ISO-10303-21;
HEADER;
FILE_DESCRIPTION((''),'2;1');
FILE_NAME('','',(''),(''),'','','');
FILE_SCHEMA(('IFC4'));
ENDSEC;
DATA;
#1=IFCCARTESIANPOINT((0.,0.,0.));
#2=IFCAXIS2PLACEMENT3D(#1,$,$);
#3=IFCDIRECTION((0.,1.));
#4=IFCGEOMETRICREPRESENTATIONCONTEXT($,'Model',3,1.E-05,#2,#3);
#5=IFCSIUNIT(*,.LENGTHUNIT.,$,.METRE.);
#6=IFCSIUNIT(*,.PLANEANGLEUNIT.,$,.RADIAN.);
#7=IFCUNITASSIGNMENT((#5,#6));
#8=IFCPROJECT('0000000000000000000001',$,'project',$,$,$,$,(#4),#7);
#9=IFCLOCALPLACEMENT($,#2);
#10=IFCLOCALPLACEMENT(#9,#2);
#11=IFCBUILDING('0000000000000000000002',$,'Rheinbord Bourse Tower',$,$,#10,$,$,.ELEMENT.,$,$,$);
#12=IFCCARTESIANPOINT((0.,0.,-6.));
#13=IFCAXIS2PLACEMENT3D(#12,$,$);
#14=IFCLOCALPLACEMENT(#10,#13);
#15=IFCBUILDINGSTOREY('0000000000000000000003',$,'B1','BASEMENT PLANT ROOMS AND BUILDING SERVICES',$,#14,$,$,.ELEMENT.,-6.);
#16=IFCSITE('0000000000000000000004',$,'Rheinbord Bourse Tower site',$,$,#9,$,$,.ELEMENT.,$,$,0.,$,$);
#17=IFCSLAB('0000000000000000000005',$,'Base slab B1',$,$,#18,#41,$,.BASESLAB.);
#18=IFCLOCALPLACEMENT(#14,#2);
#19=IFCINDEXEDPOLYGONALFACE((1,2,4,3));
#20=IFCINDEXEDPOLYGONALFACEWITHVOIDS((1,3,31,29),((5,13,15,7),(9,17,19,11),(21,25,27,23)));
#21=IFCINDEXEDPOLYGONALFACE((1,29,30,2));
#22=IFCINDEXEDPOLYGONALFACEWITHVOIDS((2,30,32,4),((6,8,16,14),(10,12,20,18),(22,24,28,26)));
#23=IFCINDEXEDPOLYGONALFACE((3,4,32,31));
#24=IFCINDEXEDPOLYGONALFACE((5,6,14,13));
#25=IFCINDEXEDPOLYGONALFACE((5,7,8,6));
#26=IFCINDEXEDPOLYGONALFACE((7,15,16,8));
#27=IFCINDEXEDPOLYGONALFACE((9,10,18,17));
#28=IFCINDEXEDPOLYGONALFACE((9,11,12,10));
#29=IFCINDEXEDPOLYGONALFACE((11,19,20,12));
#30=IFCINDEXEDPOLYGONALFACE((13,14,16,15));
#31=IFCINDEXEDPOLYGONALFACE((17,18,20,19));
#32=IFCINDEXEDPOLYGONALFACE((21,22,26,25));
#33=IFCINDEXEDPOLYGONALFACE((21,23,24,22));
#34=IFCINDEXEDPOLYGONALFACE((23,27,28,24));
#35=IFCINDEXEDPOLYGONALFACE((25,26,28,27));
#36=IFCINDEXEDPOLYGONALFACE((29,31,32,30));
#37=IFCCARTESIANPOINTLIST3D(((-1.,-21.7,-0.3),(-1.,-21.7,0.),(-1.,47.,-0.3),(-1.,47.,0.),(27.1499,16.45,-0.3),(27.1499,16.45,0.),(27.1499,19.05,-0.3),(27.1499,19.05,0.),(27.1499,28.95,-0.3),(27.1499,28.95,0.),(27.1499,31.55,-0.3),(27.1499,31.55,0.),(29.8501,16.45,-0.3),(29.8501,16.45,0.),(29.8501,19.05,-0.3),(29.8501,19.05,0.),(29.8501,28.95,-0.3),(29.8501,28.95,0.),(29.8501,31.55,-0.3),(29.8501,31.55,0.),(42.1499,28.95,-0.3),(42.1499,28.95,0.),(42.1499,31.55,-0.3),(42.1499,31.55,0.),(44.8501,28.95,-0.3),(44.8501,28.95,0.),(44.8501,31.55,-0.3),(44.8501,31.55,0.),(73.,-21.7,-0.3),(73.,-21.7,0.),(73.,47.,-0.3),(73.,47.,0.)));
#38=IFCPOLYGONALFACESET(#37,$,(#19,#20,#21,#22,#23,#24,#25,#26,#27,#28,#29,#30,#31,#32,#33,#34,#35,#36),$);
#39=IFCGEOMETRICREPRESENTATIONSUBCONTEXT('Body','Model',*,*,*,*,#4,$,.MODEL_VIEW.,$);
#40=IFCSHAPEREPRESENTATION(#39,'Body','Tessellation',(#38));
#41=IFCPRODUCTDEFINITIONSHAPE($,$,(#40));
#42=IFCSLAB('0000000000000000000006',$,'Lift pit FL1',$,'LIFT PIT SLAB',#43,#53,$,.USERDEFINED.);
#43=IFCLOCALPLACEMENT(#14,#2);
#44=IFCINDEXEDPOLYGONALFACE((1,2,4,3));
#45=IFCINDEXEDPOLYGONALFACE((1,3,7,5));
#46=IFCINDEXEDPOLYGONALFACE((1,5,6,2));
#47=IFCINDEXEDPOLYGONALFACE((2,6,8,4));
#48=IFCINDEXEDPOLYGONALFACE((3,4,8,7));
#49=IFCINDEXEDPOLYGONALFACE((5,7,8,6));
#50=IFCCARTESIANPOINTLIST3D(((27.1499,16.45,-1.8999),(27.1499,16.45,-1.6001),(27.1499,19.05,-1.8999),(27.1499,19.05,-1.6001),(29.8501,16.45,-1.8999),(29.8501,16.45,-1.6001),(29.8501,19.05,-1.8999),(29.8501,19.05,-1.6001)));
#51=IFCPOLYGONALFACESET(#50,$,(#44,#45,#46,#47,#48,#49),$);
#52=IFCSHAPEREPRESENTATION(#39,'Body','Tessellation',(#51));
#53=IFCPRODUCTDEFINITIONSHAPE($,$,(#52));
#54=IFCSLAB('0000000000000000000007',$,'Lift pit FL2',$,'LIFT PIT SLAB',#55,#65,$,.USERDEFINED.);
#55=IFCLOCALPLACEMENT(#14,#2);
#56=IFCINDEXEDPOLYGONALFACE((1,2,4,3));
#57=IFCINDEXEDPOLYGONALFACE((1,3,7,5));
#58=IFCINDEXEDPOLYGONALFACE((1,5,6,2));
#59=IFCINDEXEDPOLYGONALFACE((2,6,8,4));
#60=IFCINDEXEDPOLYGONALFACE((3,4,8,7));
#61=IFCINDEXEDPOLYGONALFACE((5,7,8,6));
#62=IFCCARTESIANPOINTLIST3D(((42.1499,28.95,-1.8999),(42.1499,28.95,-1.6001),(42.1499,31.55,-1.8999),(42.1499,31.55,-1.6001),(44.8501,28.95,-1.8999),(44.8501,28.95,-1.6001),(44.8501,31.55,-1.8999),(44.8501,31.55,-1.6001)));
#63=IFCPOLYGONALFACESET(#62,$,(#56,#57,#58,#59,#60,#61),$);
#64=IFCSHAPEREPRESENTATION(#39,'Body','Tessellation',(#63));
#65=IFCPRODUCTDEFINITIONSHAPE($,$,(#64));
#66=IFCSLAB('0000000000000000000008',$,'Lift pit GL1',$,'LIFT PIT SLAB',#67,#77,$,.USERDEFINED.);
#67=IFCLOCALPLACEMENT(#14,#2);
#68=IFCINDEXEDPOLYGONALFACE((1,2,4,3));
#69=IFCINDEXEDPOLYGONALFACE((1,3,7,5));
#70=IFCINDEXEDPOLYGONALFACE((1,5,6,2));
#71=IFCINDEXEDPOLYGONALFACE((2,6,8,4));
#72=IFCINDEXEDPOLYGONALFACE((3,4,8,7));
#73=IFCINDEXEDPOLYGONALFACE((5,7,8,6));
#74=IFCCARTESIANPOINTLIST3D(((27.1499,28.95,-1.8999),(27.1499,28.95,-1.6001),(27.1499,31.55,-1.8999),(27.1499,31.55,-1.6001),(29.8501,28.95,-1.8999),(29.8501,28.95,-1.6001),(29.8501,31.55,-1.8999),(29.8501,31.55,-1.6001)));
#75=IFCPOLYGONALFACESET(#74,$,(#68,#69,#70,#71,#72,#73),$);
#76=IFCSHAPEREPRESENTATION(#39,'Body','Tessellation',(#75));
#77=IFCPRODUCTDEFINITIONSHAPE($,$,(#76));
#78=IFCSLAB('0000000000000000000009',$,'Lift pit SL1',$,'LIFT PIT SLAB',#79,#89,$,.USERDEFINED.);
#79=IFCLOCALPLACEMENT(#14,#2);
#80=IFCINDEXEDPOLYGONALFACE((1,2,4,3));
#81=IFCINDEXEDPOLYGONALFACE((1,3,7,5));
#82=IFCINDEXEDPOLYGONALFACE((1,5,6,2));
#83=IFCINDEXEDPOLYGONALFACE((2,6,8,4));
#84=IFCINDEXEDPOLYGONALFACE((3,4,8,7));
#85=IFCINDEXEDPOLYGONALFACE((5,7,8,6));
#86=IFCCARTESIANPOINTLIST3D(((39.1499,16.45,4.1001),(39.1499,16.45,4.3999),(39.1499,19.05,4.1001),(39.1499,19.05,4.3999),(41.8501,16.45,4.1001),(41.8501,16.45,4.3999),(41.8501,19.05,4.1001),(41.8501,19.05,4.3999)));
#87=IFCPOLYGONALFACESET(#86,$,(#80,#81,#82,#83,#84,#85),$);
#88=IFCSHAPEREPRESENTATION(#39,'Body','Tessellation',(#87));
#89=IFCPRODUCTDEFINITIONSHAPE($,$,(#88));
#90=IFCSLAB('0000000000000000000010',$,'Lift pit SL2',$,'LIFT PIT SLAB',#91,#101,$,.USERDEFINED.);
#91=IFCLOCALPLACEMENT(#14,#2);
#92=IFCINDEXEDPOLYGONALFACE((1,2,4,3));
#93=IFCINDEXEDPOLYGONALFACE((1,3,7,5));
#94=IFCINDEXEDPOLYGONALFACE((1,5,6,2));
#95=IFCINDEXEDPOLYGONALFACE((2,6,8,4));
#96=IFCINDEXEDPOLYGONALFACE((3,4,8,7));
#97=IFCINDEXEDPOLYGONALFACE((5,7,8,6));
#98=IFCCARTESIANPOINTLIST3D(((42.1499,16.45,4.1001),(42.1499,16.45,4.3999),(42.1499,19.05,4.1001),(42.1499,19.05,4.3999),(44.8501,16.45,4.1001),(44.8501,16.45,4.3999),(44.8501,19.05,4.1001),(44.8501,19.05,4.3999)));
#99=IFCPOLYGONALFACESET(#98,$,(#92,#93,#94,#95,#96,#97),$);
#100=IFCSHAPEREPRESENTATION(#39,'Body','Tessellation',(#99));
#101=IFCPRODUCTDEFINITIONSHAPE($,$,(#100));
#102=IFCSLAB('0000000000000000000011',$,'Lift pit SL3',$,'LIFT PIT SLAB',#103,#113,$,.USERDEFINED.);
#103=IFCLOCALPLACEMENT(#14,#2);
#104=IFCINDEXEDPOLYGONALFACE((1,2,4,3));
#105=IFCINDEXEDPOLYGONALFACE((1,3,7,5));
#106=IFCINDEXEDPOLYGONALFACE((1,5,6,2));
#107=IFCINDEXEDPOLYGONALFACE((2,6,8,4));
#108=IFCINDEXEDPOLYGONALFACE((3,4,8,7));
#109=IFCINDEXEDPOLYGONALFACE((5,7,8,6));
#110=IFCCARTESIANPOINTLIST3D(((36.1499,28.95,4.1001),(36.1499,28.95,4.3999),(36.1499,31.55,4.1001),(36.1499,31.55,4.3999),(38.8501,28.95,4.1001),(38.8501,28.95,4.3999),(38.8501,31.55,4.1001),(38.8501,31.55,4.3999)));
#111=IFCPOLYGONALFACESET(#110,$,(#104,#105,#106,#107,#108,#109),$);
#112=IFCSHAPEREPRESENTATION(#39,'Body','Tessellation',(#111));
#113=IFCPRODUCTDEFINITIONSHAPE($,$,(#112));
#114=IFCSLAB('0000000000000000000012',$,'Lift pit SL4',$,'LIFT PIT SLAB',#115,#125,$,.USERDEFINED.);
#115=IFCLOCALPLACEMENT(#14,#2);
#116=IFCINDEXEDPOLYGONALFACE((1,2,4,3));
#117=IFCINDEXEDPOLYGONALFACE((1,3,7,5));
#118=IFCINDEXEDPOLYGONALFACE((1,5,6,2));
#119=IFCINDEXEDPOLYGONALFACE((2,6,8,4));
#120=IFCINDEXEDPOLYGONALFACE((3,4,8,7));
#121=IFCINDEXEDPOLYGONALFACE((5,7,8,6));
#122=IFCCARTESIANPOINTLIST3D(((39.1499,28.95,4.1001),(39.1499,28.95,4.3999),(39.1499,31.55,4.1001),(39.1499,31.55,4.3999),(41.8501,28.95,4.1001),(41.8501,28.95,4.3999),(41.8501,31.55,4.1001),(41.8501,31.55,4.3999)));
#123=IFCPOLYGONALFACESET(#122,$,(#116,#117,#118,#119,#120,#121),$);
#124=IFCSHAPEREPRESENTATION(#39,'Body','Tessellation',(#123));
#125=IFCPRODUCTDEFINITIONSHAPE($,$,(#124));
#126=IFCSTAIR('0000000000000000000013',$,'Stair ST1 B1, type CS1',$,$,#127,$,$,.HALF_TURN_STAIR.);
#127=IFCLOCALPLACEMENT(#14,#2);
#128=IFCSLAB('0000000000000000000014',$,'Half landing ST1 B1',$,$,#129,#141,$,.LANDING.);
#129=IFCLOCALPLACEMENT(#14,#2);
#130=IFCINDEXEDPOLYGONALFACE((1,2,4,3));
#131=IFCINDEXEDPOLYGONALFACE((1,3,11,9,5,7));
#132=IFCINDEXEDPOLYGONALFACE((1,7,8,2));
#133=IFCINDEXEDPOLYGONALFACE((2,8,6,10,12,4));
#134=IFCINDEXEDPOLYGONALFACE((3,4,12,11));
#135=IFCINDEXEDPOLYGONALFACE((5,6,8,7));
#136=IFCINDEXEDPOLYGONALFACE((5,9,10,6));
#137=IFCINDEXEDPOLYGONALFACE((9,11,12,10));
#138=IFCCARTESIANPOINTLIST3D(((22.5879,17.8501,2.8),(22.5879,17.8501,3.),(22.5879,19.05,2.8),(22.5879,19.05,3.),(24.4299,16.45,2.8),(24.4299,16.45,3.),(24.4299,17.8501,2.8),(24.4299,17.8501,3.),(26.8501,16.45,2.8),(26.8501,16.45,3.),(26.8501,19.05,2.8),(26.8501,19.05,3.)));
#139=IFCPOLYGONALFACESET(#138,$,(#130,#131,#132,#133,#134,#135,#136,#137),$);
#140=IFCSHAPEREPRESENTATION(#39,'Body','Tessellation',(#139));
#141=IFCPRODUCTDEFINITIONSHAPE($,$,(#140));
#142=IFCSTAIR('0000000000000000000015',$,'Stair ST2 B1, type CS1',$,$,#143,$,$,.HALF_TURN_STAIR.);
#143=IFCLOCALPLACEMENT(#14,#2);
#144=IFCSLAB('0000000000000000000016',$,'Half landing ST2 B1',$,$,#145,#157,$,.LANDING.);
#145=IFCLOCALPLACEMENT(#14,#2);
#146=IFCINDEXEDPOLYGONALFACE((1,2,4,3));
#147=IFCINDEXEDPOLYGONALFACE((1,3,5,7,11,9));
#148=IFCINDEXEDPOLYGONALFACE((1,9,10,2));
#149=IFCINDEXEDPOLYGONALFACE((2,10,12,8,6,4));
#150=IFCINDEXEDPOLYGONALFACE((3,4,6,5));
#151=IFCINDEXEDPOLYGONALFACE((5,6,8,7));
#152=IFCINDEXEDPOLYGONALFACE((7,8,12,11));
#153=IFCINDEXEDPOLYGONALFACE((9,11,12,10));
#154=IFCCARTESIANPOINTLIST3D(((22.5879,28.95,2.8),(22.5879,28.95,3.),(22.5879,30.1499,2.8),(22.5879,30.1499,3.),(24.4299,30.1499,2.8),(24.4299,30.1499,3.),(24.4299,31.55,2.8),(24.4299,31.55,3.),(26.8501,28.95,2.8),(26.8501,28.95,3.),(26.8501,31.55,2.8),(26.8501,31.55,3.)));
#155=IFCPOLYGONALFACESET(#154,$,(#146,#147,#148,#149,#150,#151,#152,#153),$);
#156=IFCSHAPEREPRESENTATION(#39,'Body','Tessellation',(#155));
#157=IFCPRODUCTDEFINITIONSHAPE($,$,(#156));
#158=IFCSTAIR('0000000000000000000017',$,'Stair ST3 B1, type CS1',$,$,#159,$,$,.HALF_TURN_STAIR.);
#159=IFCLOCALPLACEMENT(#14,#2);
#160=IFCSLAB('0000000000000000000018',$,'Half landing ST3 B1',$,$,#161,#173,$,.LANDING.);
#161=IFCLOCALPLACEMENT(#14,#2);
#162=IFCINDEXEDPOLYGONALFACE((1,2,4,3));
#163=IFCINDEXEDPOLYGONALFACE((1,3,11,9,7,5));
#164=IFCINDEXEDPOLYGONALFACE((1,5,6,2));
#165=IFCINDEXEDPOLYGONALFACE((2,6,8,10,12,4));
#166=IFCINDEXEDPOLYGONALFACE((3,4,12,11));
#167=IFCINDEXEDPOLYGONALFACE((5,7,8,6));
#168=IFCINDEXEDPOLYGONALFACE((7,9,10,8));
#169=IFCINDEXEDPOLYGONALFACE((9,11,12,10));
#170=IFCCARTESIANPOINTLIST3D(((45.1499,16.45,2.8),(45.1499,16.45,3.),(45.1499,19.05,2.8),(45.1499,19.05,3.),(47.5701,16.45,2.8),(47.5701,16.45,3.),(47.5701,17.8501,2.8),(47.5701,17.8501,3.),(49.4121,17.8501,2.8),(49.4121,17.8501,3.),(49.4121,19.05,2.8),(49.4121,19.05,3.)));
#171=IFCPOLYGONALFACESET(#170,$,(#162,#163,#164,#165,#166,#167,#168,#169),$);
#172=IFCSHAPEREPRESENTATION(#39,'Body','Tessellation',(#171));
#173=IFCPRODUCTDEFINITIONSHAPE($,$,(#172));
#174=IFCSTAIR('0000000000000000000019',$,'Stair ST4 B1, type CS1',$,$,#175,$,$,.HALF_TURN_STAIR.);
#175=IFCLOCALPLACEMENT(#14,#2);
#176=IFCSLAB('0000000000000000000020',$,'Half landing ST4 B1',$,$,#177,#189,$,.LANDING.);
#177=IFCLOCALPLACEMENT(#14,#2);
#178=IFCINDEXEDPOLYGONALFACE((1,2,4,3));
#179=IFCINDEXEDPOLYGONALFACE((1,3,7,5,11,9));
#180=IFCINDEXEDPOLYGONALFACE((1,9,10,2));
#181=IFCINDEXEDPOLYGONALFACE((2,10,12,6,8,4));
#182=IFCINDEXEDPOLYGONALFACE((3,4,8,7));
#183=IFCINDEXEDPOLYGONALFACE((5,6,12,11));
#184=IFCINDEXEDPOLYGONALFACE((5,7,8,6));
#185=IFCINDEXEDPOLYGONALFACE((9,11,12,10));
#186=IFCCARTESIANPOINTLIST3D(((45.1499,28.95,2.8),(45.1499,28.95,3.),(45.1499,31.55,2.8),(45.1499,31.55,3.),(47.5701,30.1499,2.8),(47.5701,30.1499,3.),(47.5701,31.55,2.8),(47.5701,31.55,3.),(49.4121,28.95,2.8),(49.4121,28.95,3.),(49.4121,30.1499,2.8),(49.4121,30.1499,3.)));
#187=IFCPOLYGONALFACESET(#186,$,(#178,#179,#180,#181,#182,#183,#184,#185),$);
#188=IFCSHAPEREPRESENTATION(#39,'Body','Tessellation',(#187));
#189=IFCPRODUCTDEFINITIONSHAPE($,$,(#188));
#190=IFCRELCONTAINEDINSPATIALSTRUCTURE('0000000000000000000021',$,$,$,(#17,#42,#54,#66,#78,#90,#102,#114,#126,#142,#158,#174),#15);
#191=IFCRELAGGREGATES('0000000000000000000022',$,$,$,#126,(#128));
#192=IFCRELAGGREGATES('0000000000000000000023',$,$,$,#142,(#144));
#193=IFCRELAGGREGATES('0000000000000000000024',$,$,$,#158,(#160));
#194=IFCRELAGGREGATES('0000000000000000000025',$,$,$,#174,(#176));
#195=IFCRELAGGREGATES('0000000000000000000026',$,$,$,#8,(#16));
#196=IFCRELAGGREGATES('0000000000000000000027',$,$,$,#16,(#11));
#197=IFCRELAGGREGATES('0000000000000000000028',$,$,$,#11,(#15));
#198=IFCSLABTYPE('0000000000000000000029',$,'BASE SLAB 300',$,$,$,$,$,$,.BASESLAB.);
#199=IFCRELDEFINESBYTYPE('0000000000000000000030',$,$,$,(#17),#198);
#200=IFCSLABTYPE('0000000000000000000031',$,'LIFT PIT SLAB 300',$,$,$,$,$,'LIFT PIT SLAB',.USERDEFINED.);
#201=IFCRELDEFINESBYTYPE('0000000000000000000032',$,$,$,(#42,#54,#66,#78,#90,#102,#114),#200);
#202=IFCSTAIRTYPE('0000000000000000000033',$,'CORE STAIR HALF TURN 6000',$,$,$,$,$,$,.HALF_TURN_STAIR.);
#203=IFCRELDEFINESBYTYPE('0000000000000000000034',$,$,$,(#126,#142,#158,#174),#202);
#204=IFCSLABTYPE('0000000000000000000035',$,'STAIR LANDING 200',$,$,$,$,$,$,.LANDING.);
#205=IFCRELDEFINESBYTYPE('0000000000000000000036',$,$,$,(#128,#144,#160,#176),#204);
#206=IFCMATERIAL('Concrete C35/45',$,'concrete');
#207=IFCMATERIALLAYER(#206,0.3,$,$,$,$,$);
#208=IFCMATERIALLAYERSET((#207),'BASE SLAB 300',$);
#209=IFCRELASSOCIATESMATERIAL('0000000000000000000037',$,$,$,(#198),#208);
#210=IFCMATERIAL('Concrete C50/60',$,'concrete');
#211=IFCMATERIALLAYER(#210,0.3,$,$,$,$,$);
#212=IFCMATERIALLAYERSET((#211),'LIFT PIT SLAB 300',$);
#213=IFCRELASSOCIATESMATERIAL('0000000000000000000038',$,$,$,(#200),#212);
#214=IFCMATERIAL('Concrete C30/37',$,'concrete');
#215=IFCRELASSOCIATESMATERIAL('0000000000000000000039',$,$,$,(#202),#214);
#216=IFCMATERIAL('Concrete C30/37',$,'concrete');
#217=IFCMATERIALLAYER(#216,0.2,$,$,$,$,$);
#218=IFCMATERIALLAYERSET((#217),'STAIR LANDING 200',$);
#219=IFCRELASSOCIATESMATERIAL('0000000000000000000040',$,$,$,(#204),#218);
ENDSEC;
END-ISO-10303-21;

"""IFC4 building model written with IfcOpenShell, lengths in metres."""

from ifc_helpers import new_model, si_unit, direction, frame, origin, place, context, subcontext, project, spatial, polyline, outline, extrude, material, layer, layer_set, type_object, element, aggregate, save


model = new_model("IFC4")

# Units and contexts
model_context = context("Model", 3, precision=1e-05, world=origin(), true_north=direction((0.0, 1.0)))
body_context = subcontext(model_context, "Body", "Model", "MODEL_VIEW")
ifc_project = project(units=[si_unit("LENGTHUNIT", "METRE"), si_unit("PLANEANGLEUNIT", "RADIAN")], contexts=[model_context])

# Site, building, storey
site_placement = place(None, origin())
site = spatial("IfcSite", under=ifc_project, at=site_placement, Name="Rheinbord Bourse Tower site", CompositionType="ELEMENT", RefElevation=0.0)
building_placement = place(site_placement, origin())
building = spatial("IfcBuilding", under=site, at=building_placement, Name="Rheinbord Bourse Tower", CompositionType="ELEMENT")
storey_placement = place(building_placement, frame((0.0, 0.0, -6.0)))
storey = spatial("IfcBuildingStorey", under=building, at=storey_placement, Name="B1", Description="BASEMENT PLANT ROOMS AND BUILDING SERVICES", CompositionType="ELEMENT", Elevation=-6.0)

# Slabs
ifc_material_1 = material(Name="Concrete C35/45", Category="concrete")
ifc_layer_1 = layer(ifc_material_1, 0.3)
ifc_layer_set_1 = layer_set([ifc_layer_1], Name="BASE SLAB 300")
slab_type_1 = type_object("IfcSlabType", Name="BASE SLAB 300", PredefinedType="BASESLAB", material=ifc_layer_set_1)
slab_1_placement = place(storey_placement, frame((0.0, 0.0, -0.3)))
element("IfcSlab", 1, at=slab_1_placement, inside=storey, type_object=slab_type_1, Name="Base slab B1", PredefinedType="BASESLAB", context=body_context, shape_type="SweptSolid", body=[
    extrude(outline(polyline([(-1.0, -21.7), (73.0, -21.7), (73.0, 47.0), (-1.0, 47.0), (-1.0, -21.7)]), holes=[polyline([(27.1499, 16.45), (29.8501, 16.45), (29.8501, 19.05), (27.1499, 19.05), (27.1499, 16.45)]), polyline([(42.1499, 28.95), (44.8501, 28.95), (44.8501, 31.55), (42.1499, 31.55), (42.1499, 28.95)]), polyline([(27.1499, 28.95), (29.8501, 28.95), (29.8501, 31.55), (27.1499, 31.55), (27.1499, 28.95)])]), origin(), (0.0, 0.0, 1.0), 0.3),
])
ifc_material_2 = material(Name="Concrete C50/60", Category="concrete")
ifc_layer_2 = layer(ifc_material_2, 0.3)
ifc_layer_set_2 = layer_set([ifc_layer_2], Name="LIFT PIT SLAB 300")
slab_type_2 = type_object("IfcSlabType", Name="LIFT PIT SLAB 300", ElementType="LIFT PIT SLAB", PredefinedType="USERDEFINED", material=ifc_layer_set_2)
slab_2_placement = place(storey_placement, frame((0.0, 0.0, -1.8999)))
element("IfcSlab", 2, at=slab_2_placement, inside=storey, type_object=slab_type_2, Name="Lift pit FL1", ObjectType="LIFT PIT SLAB", PredefinedType="USERDEFINED", context=body_context, shape_type="SweptSolid", body=[
    extrude(outline(polyline([(27.1499, 16.45), (29.8501, 16.45), (29.8501, 19.05), (27.1499, 19.05), (27.1499, 16.45)])), origin(), (0.0, 0.0, 1.0), 0.2998),
])
slab_3_placement = place(storey_placement, frame((0.0, 0.0, -1.8999)))
element("IfcSlab", 3, at=slab_3_placement, inside=storey, type_object=slab_type_2, Name="Lift pit FL2", ObjectType="LIFT PIT SLAB", PredefinedType="USERDEFINED", context=body_context, shape_type="SweptSolid", body=[
    extrude(outline(polyline([(42.1499, 28.95), (44.8501, 28.95), (44.8501, 31.55), (42.1499, 31.55), (42.1499, 28.95)])), origin(), (0.0, 0.0, 1.0), 0.2998),
])
slab_4_placement = place(storey_placement, frame((0.0, 0.0, -1.8999)))
element("IfcSlab", 4, at=slab_4_placement, inside=storey, type_object=slab_type_2, Name="Lift pit GL1", ObjectType="LIFT PIT SLAB", PredefinedType="USERDEFINED", context=body_context, shape_type="SweptSolid", body=[
    extrude(outline(polyline([(27.1499, 28.95), (29.8501, 28.95), (29.8501, 31.55), (27.1499, 31.55), (27.1499, 28.95)])), origin(), (0.0, 0.0, 1.0), 0.2998),
])
slab_5_placement = place(storey_placement, frame((0.0, 0.0, 4.1001)))
element("IfcSlab", 5, at=slab_5_placement, inside=storey, type_object=slab_type_2, Name="Lift pit SL1", ObjectType="LIFT PIT SLAB", PredefinedType="USERDEFINED", context=body_context, shape_type="SweptSolid", body=[
    extrude(outline(polyline([(39.1499, 16.45), (41.8501, 16.45), (41.8501, 19.05), (39.1499, 19.05), (39.1499, 16.45)])), origin(), (0.0, 0.0, 1.0), 0.2998),
])
slab_6_placement = place(storey_placement, frame((0.0, 0.0, 4.1001)))
element("IfcSlab", 6, at=slab_6_placement, inside=storey, type_object=slab_type_2, Name="Lift pit SL2", ObjectType="LIFT PIT SLAB", PredefinedType="USERDEFINED", context=body_context, shape_type="SweptSolid", body=[
    extrude(outline(polyline([(42.1499, 16.45), (44.8501, 16.45), (44.8501, 19.05), (42.1499, 19.05), (42.1499, 16.45)])), origin(), (0.0, 0.0, 1.0), 0.2998),
])
slab_7_placement = place(storey_placement, frame((0.0, 0.0, 4.1001)))
element("IfcSlab", 7, at=slab_7_placement, inside=storey, type_object=slab_type_2, Name="Lift pit SL3", ObjectType="LIFT PIT SLAB", PredefinedType="USERDEFINED", context=body_context, shape_type="SweptSolid", body=[
    extrude(outline(polyline([(36.1499, 28.95), (38.8501, 28.95), (38.8501, 31.55), (36.1499, 31.55), (36.1499, 28.95)])), origin(), (0.0, 0.0, 1.0), 0.2998),
])
slab_8_placement = place(storey_placement, frame((0.0, 0.0, 4.1001)))
element("IfcSlab", 8, at=slab_8_placement, inside=storey, type_object=slab_type_2, Name="Lift pit SL4", ObjectType="LIFT PIT SLAB", PredefinedType="USERDEFINED", context=body_context, shape_type="SweptSolid", body=[
    extrude(outline(polyline([(39.1499, 28.95), (41.8501, 28.95), (41.8501, 31.55), (39.1499, 31.55), (39.1499, 28.95)])), origin(), (0.0, 0.0, 1.0), 0.2998),
])

# Stairs, slabs
ifc_material_3 = material(Name="Concrete C30/37", Category="concrete")
stair_type = type_object("IfcStairType", Name="CORE STAIR HALF TURN 6000", PredefinedType="HALF_TURN_STAIR", material=ifc_material_3)
stair_1_placement = place(storey_placement, origin())
stair_1 = element("IfcStair", 9, at=stair_1_placement, inside=storey, type_object=stair_type, Name="Stair ST1 B1, type CS1", PredefinedType="HALF_TURN_STAIR")
ifc_material_4 = material(Name="Concrete C30/37", Category="concrete")
ifc_layer_3 = layer(ifc_material_4, 0.2)
ifc_layer_set_3 = layer_set([ifc_layer_3], Name="STAIR LANDING 200")
slab_type_3 = type_object("IfcSlabType", Name="STAIR LANDING 200", PredefinedType="LANDING", material=ifc_layer_set_3)
slab_9_placement = place(storey_placement, frame((0.0, 0.0, 2.8)))
slab_9 = element("IfcSlab", 10, at=slab_9_placement, type_object=slab_type_3, Name="Half landing ST1 B1", PredefinedType="LANDING", context=body_context, shape_type="SweptSolid", body=[
    extrude(outline(polyline([(24.4299, 16.45), (26.8501, 16.45), (26.8501, 19.05), (22.5879, 19.05), (22.5879, 17.8501), (24.4299, 17.8501), (24.4299, 16.45)])), origin(), (0.0, 0.0, 1.0), 0.2),
])
aggregate(stair_1, [slab_9])
stair_2_placement = place(storey_placement, origin())
stair_2 = element("IfcStair", 11, at=stair_2_placement, inside=storey, type_object=stair_type, Name="Stair ST2 B1, type CS1", PredefinedType="HALF_TURN_STAIR")
slab_10_placement = place(storey_placement, frame((0.0, 0.0, 2.8)))
slab_10 = element("IfcSlab", 12, at=slab_10_placement, type_object=slab_type_3, Name="Half landing ST2 B1", PredefinedType="LANDING", context=body_context, shape_type="SweptSolid", body=[
    extrude(outline(polyline([(22.5879, 28.95), (26.8501, 28.95), (26.8501, 31.55), (24.4299, 31.55), (24.4299, 30.1499), (22.5879, 30.1499), (22.5879, 28.95)])), origin(), (0.0, 0.0, 1.0), 0.2),
])
aggregate(stair_2, [slab_10])
stair_3_placement = place(storey_placement, origin())
stair_3 = element("IfcStair", 13, at=stair_3_placement, inside=storey, type_object=stair_type, Name="Stair ST3 B1, type CS1", PredefinedType="HALF_TURN_STAIR")
slab_11_placement = place(storey_placement, frame((0.0, 0.0, 2.8)))
slab_11 = element("IfcSlab", 14, at=slab_11_placement, type_object=slab_type_3, Name="Half landing ST3 B1", PredefinedType="LANDING", context=body_context, shape_type="SweptSolid", body=[
    extrude(outline(polyline([(45.1499, 16.45), (47.5701, 16.45), (47.5701, 17.8501), (49.4121, 17.8501), (49.4121, 19.05), (45.1499, 19.05), (45.1499, 16.45)])), origin(), (0.0, 0.0, 1.0), 0.2),
])
aggregate(stair_3, [slab_11])
stair_4_placement = place(storey_placement, origin())
stair_4 = element("IfcStair", 15, at=stair_4_placement, inside=storey, type_object=stair_type, Name="Stair ST4 B1, type CS1", PredefinedType="HALF_TURN_STAIR")
slab_12_placement = place(storey_placement, frame((0.0, 0.0, 2.8)))
slab_12 = element("IfcSlab", 16, at=slab_12_placement, type_object=slab_type_3, Name="Half landing ST4 B1", PredefinedType="LANDING", context=body_context, shape_type="SweptSolid", body=[
    extrude(outline(polyline([(45.1499, 28.95), (49.4121, 28.95), (49.4121, 30.1499), (47.5701, 30.1499), (47.5701, 31.55), (45.1499, 31.55), (45.1499, 28.95)])), origin(), (0.0, 0.0, 1.0), 0.2),
])
aggregate(stair_4, [slab_12])

save(model, "model.ifc")
